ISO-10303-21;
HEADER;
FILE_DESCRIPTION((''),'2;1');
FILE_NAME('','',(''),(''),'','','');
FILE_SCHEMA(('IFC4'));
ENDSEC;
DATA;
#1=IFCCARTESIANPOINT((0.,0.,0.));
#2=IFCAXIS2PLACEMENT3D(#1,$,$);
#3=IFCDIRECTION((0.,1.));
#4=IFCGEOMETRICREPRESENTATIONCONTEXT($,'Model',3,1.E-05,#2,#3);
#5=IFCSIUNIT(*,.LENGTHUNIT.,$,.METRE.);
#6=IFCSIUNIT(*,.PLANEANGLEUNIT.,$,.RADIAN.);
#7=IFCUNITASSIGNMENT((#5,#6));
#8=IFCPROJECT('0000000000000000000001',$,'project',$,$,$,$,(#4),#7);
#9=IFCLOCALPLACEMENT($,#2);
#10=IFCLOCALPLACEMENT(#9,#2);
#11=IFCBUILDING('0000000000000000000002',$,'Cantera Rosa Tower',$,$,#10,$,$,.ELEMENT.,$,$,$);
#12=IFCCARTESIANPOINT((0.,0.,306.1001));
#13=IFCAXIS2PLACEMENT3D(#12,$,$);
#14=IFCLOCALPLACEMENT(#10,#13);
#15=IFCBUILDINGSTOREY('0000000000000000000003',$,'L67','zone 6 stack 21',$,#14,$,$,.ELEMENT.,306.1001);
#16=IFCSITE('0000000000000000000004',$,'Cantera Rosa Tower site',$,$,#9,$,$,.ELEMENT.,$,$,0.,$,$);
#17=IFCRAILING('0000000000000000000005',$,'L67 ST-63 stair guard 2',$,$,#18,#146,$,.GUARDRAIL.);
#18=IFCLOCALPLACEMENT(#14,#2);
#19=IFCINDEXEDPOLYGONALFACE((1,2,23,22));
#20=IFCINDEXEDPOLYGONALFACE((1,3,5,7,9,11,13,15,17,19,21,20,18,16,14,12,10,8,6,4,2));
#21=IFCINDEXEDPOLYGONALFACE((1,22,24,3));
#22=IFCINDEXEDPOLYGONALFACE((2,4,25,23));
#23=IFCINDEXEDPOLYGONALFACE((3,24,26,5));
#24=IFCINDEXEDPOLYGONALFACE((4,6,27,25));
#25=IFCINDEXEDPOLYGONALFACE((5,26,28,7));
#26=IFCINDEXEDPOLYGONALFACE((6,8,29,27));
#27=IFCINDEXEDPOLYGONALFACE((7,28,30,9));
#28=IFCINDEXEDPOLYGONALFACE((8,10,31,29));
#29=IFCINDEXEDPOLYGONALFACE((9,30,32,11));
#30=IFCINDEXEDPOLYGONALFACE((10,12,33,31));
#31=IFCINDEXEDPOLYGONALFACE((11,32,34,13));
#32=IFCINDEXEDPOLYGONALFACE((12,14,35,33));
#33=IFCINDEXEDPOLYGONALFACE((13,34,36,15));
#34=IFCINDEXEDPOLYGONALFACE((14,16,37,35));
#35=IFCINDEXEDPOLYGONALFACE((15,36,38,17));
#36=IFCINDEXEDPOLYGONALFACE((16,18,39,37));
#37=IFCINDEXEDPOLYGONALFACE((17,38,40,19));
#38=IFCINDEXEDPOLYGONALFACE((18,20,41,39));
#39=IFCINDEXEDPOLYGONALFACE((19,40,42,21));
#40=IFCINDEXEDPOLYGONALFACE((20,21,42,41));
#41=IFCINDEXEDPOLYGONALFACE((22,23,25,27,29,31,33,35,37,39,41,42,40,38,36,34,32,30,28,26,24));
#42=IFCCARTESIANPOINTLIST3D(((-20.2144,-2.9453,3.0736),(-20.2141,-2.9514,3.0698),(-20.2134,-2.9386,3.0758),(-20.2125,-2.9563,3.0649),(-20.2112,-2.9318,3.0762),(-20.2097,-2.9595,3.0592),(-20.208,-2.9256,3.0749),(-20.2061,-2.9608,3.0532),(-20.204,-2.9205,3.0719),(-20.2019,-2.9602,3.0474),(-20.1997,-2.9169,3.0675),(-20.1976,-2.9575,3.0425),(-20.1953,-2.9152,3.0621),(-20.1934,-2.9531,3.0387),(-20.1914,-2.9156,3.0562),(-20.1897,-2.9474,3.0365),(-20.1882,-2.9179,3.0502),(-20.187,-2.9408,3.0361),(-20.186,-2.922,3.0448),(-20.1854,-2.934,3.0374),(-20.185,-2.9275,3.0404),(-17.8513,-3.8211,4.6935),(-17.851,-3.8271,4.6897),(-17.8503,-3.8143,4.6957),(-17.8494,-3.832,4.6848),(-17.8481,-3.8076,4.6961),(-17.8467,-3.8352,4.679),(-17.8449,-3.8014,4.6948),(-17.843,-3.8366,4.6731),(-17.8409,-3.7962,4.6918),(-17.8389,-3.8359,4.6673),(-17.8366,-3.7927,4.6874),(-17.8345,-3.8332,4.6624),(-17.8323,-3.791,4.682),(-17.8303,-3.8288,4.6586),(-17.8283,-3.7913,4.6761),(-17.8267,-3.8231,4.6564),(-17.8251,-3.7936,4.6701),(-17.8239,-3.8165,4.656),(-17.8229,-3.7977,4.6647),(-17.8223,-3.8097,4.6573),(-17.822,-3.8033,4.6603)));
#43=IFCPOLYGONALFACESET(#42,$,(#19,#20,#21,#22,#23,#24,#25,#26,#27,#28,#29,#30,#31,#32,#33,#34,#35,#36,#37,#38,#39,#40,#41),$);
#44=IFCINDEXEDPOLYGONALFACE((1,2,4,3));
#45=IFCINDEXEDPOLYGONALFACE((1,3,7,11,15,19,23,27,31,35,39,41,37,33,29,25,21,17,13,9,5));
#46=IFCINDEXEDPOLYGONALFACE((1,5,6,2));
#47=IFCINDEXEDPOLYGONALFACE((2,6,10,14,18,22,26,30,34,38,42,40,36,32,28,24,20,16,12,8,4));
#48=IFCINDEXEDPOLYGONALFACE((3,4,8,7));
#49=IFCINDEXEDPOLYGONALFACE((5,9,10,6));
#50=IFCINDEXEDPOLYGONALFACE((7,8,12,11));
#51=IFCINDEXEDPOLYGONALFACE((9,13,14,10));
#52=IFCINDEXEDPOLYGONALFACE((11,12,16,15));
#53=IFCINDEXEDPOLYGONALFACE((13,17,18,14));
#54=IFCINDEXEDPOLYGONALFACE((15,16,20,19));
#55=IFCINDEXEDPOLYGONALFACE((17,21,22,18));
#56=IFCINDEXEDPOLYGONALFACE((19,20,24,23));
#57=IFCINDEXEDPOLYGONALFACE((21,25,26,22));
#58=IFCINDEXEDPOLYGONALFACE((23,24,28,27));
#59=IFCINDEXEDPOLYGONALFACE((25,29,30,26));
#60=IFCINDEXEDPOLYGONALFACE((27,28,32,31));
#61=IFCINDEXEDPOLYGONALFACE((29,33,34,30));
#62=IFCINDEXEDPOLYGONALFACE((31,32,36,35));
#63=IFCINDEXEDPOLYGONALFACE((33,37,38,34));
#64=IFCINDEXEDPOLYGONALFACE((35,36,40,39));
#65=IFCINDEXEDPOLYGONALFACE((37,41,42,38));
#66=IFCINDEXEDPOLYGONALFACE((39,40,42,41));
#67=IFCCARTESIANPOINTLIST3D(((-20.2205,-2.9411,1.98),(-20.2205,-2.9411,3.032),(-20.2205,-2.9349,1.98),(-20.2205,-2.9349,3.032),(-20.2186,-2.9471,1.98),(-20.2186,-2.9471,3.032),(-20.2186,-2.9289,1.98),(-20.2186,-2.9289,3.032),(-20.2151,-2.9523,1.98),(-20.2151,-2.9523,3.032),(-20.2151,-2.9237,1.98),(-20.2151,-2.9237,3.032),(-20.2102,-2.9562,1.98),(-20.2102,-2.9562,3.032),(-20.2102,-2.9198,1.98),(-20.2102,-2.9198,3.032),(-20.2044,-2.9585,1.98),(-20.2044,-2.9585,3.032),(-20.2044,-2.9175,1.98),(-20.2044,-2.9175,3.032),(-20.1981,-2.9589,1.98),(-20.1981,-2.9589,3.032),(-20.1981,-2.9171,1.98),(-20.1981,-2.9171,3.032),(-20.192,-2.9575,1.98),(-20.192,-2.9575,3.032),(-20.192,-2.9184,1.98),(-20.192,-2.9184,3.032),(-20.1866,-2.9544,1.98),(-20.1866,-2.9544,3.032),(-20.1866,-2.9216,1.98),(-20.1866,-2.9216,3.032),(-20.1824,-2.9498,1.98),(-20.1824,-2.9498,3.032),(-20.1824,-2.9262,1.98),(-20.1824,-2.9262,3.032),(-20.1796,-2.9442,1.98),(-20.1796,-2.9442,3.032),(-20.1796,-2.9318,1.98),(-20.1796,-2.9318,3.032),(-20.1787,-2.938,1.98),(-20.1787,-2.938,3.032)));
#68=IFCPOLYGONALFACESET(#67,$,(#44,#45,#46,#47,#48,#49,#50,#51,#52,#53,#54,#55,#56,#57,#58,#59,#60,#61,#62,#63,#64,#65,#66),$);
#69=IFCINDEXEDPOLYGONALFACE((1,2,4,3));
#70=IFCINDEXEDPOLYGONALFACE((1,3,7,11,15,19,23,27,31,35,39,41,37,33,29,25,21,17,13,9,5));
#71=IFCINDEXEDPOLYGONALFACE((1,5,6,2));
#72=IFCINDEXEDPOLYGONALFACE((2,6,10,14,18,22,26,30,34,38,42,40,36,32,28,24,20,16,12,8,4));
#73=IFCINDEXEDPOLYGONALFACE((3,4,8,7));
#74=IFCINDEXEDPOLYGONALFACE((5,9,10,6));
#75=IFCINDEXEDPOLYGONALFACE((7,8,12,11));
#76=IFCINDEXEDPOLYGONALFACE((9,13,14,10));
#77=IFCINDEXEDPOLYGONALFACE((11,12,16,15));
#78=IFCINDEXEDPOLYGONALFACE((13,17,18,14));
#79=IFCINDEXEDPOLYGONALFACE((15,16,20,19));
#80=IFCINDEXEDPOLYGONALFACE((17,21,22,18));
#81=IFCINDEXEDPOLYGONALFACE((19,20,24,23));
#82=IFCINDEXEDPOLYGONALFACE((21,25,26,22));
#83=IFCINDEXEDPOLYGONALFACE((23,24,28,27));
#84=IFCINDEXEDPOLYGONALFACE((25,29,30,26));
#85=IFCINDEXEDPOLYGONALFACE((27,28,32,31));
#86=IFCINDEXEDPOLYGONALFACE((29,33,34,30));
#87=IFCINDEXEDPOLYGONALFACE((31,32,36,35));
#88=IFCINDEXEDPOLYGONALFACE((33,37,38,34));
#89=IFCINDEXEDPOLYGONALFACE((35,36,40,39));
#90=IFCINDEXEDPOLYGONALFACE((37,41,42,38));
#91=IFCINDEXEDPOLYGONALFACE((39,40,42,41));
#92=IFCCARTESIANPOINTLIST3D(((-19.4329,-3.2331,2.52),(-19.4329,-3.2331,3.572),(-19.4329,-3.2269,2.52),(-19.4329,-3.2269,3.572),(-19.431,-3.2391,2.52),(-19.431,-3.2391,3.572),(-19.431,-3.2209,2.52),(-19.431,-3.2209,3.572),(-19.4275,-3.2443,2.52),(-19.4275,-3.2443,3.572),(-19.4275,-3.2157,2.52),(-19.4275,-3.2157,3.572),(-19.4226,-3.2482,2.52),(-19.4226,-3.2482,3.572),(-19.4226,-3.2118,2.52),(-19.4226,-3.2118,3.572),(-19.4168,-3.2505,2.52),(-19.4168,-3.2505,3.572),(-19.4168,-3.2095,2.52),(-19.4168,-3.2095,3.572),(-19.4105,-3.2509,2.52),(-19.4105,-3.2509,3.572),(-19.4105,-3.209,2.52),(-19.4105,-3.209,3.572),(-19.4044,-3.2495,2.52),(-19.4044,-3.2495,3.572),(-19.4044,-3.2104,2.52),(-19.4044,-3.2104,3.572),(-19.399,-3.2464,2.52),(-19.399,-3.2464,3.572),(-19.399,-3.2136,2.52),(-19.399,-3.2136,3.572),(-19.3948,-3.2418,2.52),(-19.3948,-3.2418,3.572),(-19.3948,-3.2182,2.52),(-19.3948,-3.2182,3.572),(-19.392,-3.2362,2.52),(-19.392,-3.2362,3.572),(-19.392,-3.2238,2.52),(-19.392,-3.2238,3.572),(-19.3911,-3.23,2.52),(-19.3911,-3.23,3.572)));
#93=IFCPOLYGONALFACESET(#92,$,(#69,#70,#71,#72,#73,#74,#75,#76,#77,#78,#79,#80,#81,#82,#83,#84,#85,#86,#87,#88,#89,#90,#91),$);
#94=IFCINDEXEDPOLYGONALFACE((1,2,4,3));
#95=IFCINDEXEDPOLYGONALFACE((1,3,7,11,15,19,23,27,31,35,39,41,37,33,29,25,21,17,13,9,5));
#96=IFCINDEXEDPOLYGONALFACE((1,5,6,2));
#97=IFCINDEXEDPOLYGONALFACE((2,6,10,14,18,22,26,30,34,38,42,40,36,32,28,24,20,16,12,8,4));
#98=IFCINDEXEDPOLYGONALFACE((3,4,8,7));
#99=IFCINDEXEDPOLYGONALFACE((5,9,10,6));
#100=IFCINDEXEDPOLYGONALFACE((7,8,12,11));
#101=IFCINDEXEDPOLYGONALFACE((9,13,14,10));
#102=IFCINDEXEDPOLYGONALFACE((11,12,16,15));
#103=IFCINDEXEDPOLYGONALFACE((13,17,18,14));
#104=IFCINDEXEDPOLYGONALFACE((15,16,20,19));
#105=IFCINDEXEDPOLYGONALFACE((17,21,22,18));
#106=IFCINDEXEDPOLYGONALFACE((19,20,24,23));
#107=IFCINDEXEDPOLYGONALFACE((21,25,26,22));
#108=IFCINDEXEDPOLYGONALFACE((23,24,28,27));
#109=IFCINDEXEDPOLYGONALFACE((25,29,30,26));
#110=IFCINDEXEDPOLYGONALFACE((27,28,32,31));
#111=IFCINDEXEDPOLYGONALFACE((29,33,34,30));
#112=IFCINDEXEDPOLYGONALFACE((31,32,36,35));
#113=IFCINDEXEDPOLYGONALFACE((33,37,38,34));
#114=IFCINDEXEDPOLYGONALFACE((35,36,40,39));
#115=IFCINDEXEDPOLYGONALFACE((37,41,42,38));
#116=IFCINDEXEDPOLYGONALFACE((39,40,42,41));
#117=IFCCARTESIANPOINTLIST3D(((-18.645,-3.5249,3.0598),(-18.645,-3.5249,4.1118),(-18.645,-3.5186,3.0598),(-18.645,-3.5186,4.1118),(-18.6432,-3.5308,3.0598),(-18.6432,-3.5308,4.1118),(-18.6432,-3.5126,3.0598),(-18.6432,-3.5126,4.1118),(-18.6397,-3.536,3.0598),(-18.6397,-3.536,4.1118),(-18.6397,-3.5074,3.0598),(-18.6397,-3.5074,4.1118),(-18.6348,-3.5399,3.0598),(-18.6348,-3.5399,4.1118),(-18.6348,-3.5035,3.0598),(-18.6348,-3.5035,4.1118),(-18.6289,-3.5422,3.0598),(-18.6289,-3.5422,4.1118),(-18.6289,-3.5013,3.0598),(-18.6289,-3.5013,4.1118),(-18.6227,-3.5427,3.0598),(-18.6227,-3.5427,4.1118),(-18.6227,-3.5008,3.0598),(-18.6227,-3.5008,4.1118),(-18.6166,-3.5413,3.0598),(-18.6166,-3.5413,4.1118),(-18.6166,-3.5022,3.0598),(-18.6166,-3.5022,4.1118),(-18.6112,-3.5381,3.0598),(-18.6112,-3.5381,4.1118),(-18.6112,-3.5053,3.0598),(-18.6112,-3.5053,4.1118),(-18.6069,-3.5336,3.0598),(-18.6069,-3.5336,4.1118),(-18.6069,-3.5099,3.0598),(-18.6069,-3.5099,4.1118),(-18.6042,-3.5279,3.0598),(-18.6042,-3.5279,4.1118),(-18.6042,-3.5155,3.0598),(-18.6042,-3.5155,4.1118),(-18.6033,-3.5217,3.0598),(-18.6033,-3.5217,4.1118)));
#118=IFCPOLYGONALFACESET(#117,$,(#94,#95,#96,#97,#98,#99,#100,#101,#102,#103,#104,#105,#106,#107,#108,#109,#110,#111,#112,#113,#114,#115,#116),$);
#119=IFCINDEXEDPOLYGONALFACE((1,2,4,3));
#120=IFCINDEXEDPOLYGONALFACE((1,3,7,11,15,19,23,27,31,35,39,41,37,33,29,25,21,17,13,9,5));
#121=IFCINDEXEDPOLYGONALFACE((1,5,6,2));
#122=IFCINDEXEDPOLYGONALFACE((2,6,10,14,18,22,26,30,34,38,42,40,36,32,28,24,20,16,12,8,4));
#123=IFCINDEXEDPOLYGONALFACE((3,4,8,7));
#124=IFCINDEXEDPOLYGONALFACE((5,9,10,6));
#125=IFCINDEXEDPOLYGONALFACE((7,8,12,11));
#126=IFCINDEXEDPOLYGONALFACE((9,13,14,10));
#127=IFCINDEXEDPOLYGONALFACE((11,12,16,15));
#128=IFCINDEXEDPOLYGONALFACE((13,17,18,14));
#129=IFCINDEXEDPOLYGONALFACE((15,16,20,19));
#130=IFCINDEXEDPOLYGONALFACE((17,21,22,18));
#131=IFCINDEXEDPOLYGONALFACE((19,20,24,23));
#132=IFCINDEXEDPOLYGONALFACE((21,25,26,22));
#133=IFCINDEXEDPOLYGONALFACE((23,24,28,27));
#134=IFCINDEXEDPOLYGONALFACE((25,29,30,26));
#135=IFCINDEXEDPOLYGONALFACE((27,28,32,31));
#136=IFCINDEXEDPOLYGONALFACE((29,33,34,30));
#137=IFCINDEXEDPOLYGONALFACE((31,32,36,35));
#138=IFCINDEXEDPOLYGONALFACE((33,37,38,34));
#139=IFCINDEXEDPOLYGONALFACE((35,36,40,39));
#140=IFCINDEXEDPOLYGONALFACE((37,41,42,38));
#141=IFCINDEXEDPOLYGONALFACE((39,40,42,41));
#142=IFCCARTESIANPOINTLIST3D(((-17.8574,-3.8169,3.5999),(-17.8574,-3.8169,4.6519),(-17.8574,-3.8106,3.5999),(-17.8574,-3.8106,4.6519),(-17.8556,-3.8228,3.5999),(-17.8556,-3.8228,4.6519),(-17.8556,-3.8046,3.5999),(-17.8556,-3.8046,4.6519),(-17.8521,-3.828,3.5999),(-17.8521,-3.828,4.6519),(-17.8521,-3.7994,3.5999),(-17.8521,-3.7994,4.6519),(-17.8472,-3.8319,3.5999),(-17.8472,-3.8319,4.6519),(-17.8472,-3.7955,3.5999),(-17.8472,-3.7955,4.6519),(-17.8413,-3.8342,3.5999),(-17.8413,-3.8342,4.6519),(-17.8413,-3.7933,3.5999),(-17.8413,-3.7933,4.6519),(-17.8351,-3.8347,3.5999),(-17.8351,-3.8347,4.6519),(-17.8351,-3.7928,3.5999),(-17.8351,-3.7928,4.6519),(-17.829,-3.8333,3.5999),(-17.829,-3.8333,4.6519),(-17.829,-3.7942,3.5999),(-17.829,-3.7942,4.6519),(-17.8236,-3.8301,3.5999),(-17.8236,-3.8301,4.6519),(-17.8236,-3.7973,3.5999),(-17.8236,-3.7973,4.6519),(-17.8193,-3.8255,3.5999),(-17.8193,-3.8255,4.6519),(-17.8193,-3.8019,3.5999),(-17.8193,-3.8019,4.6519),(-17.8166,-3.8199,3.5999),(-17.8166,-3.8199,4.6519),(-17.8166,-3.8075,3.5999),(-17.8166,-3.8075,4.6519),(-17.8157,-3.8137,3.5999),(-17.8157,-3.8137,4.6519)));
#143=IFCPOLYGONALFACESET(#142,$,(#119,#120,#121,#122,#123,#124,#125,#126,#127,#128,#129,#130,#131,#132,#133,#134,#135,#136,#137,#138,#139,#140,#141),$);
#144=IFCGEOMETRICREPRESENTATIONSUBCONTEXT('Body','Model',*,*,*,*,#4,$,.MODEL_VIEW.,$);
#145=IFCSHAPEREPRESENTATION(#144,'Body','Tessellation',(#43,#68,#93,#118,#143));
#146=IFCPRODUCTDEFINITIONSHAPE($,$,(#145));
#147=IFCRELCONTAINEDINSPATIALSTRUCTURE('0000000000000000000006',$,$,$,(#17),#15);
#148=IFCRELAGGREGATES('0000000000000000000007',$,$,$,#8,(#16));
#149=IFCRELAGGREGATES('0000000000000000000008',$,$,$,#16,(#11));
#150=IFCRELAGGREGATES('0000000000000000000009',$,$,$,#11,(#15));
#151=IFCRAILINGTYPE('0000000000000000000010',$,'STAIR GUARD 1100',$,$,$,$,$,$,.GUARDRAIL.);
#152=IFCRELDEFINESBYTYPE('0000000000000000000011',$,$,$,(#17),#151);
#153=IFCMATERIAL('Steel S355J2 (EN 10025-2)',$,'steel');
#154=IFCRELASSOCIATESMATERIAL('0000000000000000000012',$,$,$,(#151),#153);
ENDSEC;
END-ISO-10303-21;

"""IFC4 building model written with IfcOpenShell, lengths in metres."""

from ifc_helpers import new_model, si_unit, direction, frame, origin, origin_2d, place, context, subcontext, project, spatial, circle, extrude, material, type_object, element, save


model = new_model("IFC4")

# Units and contexts
model_context = context("Model", 3, precision=1e-05, world=origin(), true_north=direction((0.0, 1.0)))
body_context = subcontext(model_context, "Body", "Model", "MODEL_VIEW")
ifc_project = project(units=[si_unit("LENGTHUNIT", "METRE"), si_unit("PLANEANGLEUNIT", "RADIAN")], contexts=[model_context])

# Site, building, storey
site_placement = place(None, origin())
site = spatial("IfcSite", under=ifc_project, at=site_placement, Name="Cantera Rosa Tower site", CompositionType="ELEMENT", RefElevation=0.0)
building_placement = place(site_placement, origin())
building = spatial("IfcBuilding", under=site, at=building_placement, Name="Cantera Rosa Tower", CompositionType="ELEMENT")
storey_placement = place(building_placement, frame((0.0, 0.0, 306.1001)))
storey = spatial("IfcBuildingStorey", under=building, at=storey_placement, Name="L67", Description="zone 6 stack 21", CompositionType="ELEMENT", Elevation=306.1001)

# Railing
ifc_material_1 = material(Name="Steel S355J2 (EN 10025-2)", Category="steel")
railing_type_1 = type_object("IfcRailingType", Name="STAIR GUARD 1100", PredefinedType="GUARDRAIL", material=ifc_material_1)
railing_1_placement = place(storey_placement, frame((-20.1997, -2.938, 1.98)))
element("IfcRailing", 1, at=railing_1_placement, inside=storey, type_object=railing_type_1, Name="L67 ST-63 stair guard 2", PredefinedType="GUARDRAIL", context=body_context, shape_type="SweptSolid", body=[
    extrude(circle(Radius=0.0239, at=origin_2d()), frame((0.0, 0.0, 1.0762), z_axis=(0.788782, -0.29232, 0.540714), x_axis=(0.347501, 0.93768, 0.0)), (0.0, 0.0, 1.0), 2.9958),
    extrude(circle(Radius=0.021, at=origin_2d()), origin(), (0.0, 0.0, 1.0), 1.052),
    extrude(circle(Radius=0.021, at=origin_2d()), frame((0.7876, -0.292, 0.54)), (0.0, 0.0, 1.0), 1.052),
    extrude(circle(Radius=0.021, at=origin_2d()), frame((1.5754, -0.5837, 1.0798)), (0.0, 0.0, 1.0), 1.052),
    extrude(circle(Radius=0.021, at=origin_2d()), frame((2.363, -0.8757, 1.6199)), (0.0, 0.0, 1.0), 1.052),
])

save(model, "model.ifc")
